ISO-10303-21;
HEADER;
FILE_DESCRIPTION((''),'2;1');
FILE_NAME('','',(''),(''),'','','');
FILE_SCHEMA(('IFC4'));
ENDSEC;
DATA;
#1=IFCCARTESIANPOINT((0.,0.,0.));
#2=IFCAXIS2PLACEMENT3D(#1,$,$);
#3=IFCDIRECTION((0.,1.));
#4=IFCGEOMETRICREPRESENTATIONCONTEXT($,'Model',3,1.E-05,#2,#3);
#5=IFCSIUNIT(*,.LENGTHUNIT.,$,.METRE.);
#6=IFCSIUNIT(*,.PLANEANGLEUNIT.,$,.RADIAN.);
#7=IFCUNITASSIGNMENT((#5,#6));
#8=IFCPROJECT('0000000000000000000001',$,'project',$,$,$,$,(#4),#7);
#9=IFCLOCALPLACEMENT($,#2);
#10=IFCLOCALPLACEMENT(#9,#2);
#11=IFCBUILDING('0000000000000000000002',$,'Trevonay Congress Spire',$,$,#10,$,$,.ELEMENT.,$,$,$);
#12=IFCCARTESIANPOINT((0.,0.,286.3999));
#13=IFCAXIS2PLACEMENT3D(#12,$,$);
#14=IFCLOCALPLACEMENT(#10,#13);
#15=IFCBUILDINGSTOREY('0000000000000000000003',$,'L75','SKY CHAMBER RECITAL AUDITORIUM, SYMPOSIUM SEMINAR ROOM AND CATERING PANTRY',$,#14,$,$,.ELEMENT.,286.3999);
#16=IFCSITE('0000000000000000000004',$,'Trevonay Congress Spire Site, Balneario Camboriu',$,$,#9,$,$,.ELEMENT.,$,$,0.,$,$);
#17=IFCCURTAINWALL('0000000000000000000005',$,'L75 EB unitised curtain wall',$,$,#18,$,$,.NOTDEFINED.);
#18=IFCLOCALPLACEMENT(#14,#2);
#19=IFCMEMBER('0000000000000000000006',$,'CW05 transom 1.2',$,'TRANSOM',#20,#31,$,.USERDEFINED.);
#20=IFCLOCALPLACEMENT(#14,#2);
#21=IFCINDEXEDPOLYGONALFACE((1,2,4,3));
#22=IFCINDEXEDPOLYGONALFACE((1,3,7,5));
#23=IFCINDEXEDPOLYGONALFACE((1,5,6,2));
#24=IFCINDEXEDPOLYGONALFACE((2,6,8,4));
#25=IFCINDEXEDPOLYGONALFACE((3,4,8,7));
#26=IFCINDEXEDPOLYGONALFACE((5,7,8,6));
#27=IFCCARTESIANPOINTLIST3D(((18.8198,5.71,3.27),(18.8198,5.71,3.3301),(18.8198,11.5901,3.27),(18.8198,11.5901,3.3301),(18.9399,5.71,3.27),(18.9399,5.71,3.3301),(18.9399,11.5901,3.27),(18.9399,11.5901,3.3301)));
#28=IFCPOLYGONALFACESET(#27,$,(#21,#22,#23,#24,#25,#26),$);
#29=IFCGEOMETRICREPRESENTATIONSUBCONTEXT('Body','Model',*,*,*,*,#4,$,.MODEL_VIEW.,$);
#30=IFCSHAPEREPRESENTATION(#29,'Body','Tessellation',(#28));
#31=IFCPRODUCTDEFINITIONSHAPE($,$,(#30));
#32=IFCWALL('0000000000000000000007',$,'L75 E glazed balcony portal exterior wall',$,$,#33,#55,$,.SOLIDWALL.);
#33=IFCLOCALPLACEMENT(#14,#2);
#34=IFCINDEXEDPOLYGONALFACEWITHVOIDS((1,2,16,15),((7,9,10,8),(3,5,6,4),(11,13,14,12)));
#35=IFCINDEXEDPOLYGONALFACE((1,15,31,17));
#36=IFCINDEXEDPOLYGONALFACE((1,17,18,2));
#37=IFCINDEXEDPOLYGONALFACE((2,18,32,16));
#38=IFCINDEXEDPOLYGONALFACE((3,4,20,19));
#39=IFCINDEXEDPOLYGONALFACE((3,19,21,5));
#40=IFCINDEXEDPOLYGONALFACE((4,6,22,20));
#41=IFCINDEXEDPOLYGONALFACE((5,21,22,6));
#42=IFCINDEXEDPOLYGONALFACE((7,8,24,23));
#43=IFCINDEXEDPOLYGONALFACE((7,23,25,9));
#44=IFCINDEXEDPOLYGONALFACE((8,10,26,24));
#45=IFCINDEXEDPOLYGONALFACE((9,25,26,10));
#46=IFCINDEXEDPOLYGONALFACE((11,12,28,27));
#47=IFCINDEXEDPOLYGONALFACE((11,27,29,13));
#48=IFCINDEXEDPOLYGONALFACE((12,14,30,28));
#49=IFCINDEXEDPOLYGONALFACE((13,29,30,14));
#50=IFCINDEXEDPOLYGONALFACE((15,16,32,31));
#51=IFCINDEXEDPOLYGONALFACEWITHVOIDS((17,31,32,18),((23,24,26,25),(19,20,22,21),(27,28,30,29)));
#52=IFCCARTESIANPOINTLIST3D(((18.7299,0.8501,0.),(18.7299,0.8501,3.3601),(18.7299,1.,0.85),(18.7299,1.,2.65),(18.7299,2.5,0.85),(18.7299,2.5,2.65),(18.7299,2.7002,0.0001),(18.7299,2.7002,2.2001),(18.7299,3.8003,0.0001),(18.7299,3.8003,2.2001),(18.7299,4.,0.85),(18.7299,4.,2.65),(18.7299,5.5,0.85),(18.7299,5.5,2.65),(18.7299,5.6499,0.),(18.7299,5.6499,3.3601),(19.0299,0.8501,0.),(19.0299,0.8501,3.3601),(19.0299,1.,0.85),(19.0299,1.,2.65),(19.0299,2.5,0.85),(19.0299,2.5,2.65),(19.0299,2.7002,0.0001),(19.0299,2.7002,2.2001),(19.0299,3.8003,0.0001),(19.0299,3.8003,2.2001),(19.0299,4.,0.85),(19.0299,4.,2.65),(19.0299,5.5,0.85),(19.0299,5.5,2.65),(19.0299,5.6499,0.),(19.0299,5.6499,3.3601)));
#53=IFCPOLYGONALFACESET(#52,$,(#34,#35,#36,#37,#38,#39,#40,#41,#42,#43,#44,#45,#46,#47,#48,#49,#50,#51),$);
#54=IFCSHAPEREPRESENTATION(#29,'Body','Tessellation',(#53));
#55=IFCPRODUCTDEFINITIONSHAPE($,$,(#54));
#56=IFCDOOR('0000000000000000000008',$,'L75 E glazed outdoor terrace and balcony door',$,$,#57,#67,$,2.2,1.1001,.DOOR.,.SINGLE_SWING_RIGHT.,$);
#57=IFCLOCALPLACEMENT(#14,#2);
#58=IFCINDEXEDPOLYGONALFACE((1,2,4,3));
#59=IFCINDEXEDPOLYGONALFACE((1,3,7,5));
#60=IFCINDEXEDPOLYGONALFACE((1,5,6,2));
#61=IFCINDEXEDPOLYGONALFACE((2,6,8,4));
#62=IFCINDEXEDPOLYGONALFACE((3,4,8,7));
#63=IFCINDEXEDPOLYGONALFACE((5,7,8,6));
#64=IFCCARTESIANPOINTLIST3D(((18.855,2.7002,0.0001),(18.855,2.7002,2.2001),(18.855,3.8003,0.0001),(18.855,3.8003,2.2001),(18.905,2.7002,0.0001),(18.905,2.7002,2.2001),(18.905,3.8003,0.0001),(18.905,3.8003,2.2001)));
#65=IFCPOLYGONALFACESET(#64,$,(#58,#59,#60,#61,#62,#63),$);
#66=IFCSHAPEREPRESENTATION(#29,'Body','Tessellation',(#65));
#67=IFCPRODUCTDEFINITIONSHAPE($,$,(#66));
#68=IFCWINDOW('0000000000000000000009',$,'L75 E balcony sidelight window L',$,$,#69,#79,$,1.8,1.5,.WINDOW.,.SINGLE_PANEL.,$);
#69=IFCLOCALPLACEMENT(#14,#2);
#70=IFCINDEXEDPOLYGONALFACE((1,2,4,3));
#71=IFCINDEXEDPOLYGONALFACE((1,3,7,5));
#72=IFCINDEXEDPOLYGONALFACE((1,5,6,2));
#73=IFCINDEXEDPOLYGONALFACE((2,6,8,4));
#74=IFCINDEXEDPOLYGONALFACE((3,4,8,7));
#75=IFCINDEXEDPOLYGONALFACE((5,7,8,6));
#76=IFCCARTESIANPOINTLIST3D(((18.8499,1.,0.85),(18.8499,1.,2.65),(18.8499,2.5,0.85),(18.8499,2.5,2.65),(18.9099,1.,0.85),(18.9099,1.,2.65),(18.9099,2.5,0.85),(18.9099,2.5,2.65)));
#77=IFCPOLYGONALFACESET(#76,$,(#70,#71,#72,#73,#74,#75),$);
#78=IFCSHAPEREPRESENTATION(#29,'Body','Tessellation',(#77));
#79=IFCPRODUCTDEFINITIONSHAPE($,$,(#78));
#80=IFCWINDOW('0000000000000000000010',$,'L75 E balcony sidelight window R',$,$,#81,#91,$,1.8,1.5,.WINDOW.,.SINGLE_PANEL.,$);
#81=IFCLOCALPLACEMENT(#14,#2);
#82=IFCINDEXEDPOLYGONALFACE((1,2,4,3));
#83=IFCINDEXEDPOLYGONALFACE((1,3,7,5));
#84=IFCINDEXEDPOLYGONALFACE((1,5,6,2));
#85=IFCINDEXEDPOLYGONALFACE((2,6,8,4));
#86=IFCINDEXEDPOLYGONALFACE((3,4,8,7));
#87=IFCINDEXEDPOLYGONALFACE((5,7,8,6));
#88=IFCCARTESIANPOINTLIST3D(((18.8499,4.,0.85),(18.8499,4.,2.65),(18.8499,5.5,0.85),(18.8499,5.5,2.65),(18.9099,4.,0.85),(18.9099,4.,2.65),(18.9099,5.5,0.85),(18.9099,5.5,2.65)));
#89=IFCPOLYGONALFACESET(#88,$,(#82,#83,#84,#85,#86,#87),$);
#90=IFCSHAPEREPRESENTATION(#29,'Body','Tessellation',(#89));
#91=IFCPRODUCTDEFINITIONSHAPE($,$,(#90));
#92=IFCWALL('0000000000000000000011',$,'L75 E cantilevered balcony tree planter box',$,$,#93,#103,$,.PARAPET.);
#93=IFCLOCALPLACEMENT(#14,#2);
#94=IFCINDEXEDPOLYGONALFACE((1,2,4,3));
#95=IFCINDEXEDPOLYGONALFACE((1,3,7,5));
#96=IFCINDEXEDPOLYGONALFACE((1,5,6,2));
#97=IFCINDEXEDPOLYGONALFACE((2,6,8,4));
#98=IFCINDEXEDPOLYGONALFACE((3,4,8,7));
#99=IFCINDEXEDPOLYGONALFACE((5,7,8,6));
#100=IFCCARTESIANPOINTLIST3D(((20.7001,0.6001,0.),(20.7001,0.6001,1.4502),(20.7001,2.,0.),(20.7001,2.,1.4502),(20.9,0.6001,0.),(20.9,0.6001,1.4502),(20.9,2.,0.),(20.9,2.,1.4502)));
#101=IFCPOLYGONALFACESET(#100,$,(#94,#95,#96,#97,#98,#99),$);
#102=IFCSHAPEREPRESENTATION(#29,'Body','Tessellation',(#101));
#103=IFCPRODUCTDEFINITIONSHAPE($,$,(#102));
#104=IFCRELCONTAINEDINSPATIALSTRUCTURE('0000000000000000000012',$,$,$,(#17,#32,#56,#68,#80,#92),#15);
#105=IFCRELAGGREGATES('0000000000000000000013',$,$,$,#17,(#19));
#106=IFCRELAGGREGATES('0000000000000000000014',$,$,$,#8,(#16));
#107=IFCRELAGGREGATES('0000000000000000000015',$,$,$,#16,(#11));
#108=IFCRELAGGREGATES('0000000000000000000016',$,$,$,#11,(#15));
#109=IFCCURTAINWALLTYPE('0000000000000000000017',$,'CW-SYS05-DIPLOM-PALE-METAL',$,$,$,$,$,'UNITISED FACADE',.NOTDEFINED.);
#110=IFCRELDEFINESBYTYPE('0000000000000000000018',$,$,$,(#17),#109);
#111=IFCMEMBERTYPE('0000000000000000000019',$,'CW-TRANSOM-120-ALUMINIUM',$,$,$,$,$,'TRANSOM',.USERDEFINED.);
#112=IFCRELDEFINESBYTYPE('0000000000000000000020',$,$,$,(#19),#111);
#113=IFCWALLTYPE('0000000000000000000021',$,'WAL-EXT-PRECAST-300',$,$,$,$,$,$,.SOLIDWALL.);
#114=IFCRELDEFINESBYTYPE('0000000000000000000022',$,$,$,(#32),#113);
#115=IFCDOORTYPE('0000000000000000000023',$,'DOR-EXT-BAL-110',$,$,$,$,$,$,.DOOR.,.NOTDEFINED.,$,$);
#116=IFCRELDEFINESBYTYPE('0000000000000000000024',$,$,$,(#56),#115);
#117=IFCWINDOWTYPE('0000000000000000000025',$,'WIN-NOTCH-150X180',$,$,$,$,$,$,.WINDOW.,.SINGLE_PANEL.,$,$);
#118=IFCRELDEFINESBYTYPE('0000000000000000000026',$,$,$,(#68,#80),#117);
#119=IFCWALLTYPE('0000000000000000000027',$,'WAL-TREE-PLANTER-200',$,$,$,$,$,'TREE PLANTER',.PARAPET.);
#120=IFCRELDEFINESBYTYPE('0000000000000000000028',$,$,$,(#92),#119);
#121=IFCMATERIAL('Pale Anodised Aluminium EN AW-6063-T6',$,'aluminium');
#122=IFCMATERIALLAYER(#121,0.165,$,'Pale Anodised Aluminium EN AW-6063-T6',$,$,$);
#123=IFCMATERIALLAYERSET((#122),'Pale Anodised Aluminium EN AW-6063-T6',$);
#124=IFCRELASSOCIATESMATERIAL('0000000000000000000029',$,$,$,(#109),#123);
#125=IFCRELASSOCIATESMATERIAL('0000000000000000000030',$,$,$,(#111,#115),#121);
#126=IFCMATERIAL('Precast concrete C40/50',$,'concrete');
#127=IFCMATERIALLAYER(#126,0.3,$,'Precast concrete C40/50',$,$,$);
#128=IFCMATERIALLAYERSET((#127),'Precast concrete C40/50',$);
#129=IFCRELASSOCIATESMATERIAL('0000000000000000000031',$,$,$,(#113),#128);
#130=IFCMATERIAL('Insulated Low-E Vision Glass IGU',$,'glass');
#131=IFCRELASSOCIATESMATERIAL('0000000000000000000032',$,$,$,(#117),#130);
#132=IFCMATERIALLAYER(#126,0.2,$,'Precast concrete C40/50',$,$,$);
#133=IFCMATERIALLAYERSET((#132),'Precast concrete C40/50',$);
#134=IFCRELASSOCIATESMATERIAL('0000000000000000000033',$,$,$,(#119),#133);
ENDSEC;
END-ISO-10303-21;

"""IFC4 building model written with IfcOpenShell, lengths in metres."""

from ifc_helpers import new_model, si_unit, direction, frame, frame_2d, origin, origin_2d, place, context, subcontext, project, spatial, rectangle, extrude, material, layer, layer_set, material_profile, profile_set, type_object, element, fill, aggregate, save


model = new_model("IFC4")

# Units and contexts
model_context = context("Model", 3, precision=1e-05, world=origin(), true_north=direction((0.0, 1.0)))
body_context = subcontext(model_context, "Body", "Model", "MODEL_VIEW")
ifc_project = project(units=[si_unit("LENGTHUNIT", "METRE"), si_unit("PLANEANGLEUNIT", "RADIAN")], contexts=[model_context])

# Site, building, storey
site_placement = place(None, origin())
site = spatial("IfcSite", under=ifc_project, at=site_placement, Name="Trevonay Congress Spire Site, Balneario Camboriu", CompositionType="ELEMENT", RefElevation=0.0)
building_placement = place(site_placement, origin())
building = spatial("IfcBuilding", under=site, at=building_placement, Name="Trevonay Congress Spire", CompositionType="ELEMENT")
storey_placement = place(building_placement, frame((0.0, 0.0, 286.3999)))
storey = spatial("IfcBuildingStorey", under=building, at=storey_placement, Name="L75", Description="SKY CHAMBER RECITAL AUDITORIUM, SYMPOSIUM SEMINAR ROOM AND CATERING PANTRY", CompositionType="ELEMENT", Elevation=286.3999)

# Shared definitions
ifc_material_1 = material(Name="Pale Anodised Aluminium EN AW-6063-T6", Category="aluminium")
ifc_layer_1 = layer(ifc_material_1, 0.165, Name="Pale Anodised Aluminium EN AW-6063-T6")
ifc_layer_set_1 = layer_set([ifc_layer_1], Name="Pale Anodised Aluminium EN AW-6063-T6")
curtain_wall_type = type_object("IfcCurtainWallType", Name="CW-SYS05-DIPLOM-PALE-METAL", ElementType="UNITISED FACADE", PredefinedType="NOTDEFINED", material=ifc_layer_set_1)

# Curtain wall, member
curtain_wall_1_placement = place(storey_placement, origin())
curtain_wall_1 = element("IfcCurtainWall", 1, at=curtain_wall_1_placement, inside=storey, type_object=curtain_wall_type, Name="L75 EB unitised curtain wall", PredefinedType="NOTDEFINED")
ifc_material_profile_1 = material_profile(ifc_material_1, rectangle(XDim=0.1201, YDim=0.0601, at=origin_2d()), Name="CW-TRANSOM-120-ALUMINIUM")
ifc_profile_set_1 = profile_set([ifc_material_profile_1], Name="Pale Anodised Aluminium EN AW-6063-T6")
member_type_1 = type_object("IfcMemberType", Name="CW-TRANSOM-120-ALUMINIUM", ElementType="TRANSOM", PredefinedType="USERDEFINED", material=ifc_profile_set_1)
member_1_placement = place(storey_placement, frame((18.8799, 5.71, 3.3), z_axis=(0.0, 1.0, 0.0), x_axis=(-1.0, 0.0, 0.0)))
member_1 = element("IfcMember", 2, at=member_1_placement, type_object=member_type_1, Name="CW05 transom 1.2", ObjectType="TRANSOM", PredefinedType="USERDEFINED", context=body_context, shape_type="SweptSolid", body=[
    extrude(rectangle(XDim=0.1201, YDim=0.0601, at=origin_2d()), origin(), (0.0, 0.0, 1.0), 5.8801),
])
aggregate(curtain_wall_1, [member_1])

# Wall, openings, door, windows
ifc_material_2 = material(Name="Precast concrete C40/50", Category="concrete")
ifc_layer_2 = layer(ifc_material_2, 0.3, Name="Precast concrete C40/50")
ifc_layer_set_2 = layer_set([ifc_layer_2], Name="Precast concrete C40/50")
wall_type_1 = type_object("IfcWallType", Name="WAL-EXT-PRECAST-300", PredefinedType="SOLIDWALL", material=ifc_layer_set_2)
wall_1_placement = place(storey_placement, frame((18.8799, 0.8501, 0.0), z_axis=(0.0, 0.0, 1.0), x_axis=(0.0, 1.0, 0.0)))
wall_1 = element("IfcWall", 3, at=wall_1_placement, inside=storey, type_object=wall_type_1, Name="L75 E glazed balcony portal exterior wall", PredefinedType="SOLIDWALL", context=body_context, shape_type="SweptSolid", body=[
    extrude(rectangle(XDim=4.7998, YDim=0.3, at=frame_2d((2.3999, 0.0))), origin(), (0.0, 0.0, 1.0), 3.3601),
])
opening_1_placement = place(wall_1_placement, frame((1.8501, 0.0, 0.0)))
opening_1 = element("IfcOpeningElement", 4, at=opening_1_placement, cuts=wall_1, PredefinedType="OPENING", context=body_context, shape_type="SweptSolid", body=[
    extrude(rectangle(XDim=1.1001, YDim=2.2, at=frame_2d((0.55, 1.1001))), frame((0.0, 0.1602, 0.0), z_axis=(0.0, -1.0, 0.0), x_axis=(1.0, 0.0, 0.0)), (0.0, 0.0, 1.0), 0.3201),
])
opening_2_placement = place(wall_1_placement, frame((0.1499, 0.0, 0.8501)))
opening_2 = element("IfcOpeningElement", 5, at=opening_2_placement, cuts=wall_1, PredefinedType="OPENING", context=body_context, shape_type="SweptSolid", body=[
    extrude(rectangle(XDim=1.5, YDim=1.8, at=frame_2d((0.75, 0.8999))), frame((0.0, 0.1602, 0.0), z_axis=(0.0, -1.0, 0.0), x_axis=(1.0, 0.0, 0.0)), (0.0, 0.0, 1.0), 0.3201),
])
opening_3_placement = place(wall_1_placement, frame((3.1499, 0.0, 0.8501)))
opening_3 = element("IfcOpeningElement", 6, at=opening_3_placement, cuts=wall_1, PredefinedType="OPENING", context=body_context, shape_type="SweptSolid", body=[
    extrude(rectangle(XDim=1.5, YDim=1.8, at=frame_2d((0.75, 0.8999))), frame((0.0, 0.1602, 0.0), z_axis=(0.0, -1.0, 0.0), x_axis=(1.0, 0.0, 0.0)), (0.0, 0.0, 1.0), 0.3201),
])
door_type = type_object("IfcDoorType", Name="DOR-EXT-BAL-110", OperationType="NOTDEFINED", PredefinedType="DOOR", material=ifc_material_1)
door_placement = place(opening_1_placement, origin())
door = element("IfcDoor", 7, at=door_placement, inside=storey, type_object=door_type, Name="L75 E glazed outdoor terrace and balcony door", OperationType="SINGLE_SWING_RIGHT", OverallHeight=2.2, OverallWidth=1.1001, PredefinedType="DOOR", context=body_context, shape_type="SweptSolid", body=[
    extrude(rectangle(XDim=1.1001, YDim=2.2, at=frame_2d((0.55, 1.1001))), frame((0.0, 0.0249, 0.0), z_axis=(0.0, -1.0, 0.0), x_axis=(1.0, 0.0, 0.0)), (0.0, 0.0, 1.0), 0.05),
])
fill(opening_1, door)
ifc_material_3 = material(Name="Insulated Low-E Vision Glass IGU", Category="glass")
window_type = type_object("IfcWindowType", Name="WIN-NOTCH-150X180", PartitioningType="SINGLE_PANEL", PredefinedType="WINDOW", material=ifc_material_3)
window_1_placement = place(opening_2_placement, origin())
window_1 = element("IfcWindow", 8, at=window_1_placement, inside=storey, type_object=window_type, Name="L75 E balcony sidelight window L", OverallHeight=1.8, OverallWidth=1.5, PartitioningType="SINGLE_PANEL", PredefinedType="WINDOW", context=body_context, shape_type="SweptSolid", body=[
    extrude(rectangle(XDim=1.5, YDim=1.8, at=frame_2d((0.75, 0.8999))), frame((0.0, 0.03, 0.0), z_axis=(0.0, -1.0, 0.0), x_axis=(1.0, 0.0, 0.0)), (0.0, 0.0, 1.0), 0.0601),
])
fill(opening_2, window_1)
window_2_placement = place(opening_3_placement, origin())
window_2 = element("IfcWindow", 9, at=window_2_placement, inside=storey, type_object=window_type, Name="L75 E balcony sidelight window R", OverallHeight=1.8, OverallWidth=1.5, PartitioningType="SINGLE_PANEL", PredefinedType="WINDOW", context=body_context, shape_type="SweptSolid", body=[
    extrude(rectangle(XDim=1.5, YDim=1.8, at=frame_2d((0.75, 0.8999))), frame((0.0, 0.03, 0.0), z_axis=(0.0, -1.0, 0.0), x_axis=(1.0, 0.0, 0.0)), (0.0, 0.0, 1.0), 0.0601),
])
fill(opening_3, window_2)

# Wall
ifc_layer_3 = layer(ifc_material_2, 0.2, Name="Precast concrete C40/50")
ifc_layer_set_3 = layer_set([ifc_layer_3], Name="Precast concrete C40/50")
wall_type_2 = type_object("IfcWallType", Name="WAL-TREE-PLANTER-200", ElementType="TREE PLANTER", PredefinedType="PARAPET", material=ifc_layer_set_3)
wall_2_placement = place(storey_placement, frame((20.8, 0.6001, 0.0), z_axis=(0.0, 0.0, 1.0), x_axis=(0.0, 1.0, 0.0)))
element("IfcWall", 10, at=wall_2_placement, inside=storey, type_object=wall_type_2, Name="L75 E cantilevered balcony tree planter box", PredefinedType="PARAPET", context=body_context, shape_type="SweptSolid", body=[
    extrude(rectangle(XDim=1.3999, YDim=0.2, at=frame_2d((0.7, 0.0))), origin(), (0.0, 0.0, 1.0), 1.4502),
])

save(model, "model.ifc")
